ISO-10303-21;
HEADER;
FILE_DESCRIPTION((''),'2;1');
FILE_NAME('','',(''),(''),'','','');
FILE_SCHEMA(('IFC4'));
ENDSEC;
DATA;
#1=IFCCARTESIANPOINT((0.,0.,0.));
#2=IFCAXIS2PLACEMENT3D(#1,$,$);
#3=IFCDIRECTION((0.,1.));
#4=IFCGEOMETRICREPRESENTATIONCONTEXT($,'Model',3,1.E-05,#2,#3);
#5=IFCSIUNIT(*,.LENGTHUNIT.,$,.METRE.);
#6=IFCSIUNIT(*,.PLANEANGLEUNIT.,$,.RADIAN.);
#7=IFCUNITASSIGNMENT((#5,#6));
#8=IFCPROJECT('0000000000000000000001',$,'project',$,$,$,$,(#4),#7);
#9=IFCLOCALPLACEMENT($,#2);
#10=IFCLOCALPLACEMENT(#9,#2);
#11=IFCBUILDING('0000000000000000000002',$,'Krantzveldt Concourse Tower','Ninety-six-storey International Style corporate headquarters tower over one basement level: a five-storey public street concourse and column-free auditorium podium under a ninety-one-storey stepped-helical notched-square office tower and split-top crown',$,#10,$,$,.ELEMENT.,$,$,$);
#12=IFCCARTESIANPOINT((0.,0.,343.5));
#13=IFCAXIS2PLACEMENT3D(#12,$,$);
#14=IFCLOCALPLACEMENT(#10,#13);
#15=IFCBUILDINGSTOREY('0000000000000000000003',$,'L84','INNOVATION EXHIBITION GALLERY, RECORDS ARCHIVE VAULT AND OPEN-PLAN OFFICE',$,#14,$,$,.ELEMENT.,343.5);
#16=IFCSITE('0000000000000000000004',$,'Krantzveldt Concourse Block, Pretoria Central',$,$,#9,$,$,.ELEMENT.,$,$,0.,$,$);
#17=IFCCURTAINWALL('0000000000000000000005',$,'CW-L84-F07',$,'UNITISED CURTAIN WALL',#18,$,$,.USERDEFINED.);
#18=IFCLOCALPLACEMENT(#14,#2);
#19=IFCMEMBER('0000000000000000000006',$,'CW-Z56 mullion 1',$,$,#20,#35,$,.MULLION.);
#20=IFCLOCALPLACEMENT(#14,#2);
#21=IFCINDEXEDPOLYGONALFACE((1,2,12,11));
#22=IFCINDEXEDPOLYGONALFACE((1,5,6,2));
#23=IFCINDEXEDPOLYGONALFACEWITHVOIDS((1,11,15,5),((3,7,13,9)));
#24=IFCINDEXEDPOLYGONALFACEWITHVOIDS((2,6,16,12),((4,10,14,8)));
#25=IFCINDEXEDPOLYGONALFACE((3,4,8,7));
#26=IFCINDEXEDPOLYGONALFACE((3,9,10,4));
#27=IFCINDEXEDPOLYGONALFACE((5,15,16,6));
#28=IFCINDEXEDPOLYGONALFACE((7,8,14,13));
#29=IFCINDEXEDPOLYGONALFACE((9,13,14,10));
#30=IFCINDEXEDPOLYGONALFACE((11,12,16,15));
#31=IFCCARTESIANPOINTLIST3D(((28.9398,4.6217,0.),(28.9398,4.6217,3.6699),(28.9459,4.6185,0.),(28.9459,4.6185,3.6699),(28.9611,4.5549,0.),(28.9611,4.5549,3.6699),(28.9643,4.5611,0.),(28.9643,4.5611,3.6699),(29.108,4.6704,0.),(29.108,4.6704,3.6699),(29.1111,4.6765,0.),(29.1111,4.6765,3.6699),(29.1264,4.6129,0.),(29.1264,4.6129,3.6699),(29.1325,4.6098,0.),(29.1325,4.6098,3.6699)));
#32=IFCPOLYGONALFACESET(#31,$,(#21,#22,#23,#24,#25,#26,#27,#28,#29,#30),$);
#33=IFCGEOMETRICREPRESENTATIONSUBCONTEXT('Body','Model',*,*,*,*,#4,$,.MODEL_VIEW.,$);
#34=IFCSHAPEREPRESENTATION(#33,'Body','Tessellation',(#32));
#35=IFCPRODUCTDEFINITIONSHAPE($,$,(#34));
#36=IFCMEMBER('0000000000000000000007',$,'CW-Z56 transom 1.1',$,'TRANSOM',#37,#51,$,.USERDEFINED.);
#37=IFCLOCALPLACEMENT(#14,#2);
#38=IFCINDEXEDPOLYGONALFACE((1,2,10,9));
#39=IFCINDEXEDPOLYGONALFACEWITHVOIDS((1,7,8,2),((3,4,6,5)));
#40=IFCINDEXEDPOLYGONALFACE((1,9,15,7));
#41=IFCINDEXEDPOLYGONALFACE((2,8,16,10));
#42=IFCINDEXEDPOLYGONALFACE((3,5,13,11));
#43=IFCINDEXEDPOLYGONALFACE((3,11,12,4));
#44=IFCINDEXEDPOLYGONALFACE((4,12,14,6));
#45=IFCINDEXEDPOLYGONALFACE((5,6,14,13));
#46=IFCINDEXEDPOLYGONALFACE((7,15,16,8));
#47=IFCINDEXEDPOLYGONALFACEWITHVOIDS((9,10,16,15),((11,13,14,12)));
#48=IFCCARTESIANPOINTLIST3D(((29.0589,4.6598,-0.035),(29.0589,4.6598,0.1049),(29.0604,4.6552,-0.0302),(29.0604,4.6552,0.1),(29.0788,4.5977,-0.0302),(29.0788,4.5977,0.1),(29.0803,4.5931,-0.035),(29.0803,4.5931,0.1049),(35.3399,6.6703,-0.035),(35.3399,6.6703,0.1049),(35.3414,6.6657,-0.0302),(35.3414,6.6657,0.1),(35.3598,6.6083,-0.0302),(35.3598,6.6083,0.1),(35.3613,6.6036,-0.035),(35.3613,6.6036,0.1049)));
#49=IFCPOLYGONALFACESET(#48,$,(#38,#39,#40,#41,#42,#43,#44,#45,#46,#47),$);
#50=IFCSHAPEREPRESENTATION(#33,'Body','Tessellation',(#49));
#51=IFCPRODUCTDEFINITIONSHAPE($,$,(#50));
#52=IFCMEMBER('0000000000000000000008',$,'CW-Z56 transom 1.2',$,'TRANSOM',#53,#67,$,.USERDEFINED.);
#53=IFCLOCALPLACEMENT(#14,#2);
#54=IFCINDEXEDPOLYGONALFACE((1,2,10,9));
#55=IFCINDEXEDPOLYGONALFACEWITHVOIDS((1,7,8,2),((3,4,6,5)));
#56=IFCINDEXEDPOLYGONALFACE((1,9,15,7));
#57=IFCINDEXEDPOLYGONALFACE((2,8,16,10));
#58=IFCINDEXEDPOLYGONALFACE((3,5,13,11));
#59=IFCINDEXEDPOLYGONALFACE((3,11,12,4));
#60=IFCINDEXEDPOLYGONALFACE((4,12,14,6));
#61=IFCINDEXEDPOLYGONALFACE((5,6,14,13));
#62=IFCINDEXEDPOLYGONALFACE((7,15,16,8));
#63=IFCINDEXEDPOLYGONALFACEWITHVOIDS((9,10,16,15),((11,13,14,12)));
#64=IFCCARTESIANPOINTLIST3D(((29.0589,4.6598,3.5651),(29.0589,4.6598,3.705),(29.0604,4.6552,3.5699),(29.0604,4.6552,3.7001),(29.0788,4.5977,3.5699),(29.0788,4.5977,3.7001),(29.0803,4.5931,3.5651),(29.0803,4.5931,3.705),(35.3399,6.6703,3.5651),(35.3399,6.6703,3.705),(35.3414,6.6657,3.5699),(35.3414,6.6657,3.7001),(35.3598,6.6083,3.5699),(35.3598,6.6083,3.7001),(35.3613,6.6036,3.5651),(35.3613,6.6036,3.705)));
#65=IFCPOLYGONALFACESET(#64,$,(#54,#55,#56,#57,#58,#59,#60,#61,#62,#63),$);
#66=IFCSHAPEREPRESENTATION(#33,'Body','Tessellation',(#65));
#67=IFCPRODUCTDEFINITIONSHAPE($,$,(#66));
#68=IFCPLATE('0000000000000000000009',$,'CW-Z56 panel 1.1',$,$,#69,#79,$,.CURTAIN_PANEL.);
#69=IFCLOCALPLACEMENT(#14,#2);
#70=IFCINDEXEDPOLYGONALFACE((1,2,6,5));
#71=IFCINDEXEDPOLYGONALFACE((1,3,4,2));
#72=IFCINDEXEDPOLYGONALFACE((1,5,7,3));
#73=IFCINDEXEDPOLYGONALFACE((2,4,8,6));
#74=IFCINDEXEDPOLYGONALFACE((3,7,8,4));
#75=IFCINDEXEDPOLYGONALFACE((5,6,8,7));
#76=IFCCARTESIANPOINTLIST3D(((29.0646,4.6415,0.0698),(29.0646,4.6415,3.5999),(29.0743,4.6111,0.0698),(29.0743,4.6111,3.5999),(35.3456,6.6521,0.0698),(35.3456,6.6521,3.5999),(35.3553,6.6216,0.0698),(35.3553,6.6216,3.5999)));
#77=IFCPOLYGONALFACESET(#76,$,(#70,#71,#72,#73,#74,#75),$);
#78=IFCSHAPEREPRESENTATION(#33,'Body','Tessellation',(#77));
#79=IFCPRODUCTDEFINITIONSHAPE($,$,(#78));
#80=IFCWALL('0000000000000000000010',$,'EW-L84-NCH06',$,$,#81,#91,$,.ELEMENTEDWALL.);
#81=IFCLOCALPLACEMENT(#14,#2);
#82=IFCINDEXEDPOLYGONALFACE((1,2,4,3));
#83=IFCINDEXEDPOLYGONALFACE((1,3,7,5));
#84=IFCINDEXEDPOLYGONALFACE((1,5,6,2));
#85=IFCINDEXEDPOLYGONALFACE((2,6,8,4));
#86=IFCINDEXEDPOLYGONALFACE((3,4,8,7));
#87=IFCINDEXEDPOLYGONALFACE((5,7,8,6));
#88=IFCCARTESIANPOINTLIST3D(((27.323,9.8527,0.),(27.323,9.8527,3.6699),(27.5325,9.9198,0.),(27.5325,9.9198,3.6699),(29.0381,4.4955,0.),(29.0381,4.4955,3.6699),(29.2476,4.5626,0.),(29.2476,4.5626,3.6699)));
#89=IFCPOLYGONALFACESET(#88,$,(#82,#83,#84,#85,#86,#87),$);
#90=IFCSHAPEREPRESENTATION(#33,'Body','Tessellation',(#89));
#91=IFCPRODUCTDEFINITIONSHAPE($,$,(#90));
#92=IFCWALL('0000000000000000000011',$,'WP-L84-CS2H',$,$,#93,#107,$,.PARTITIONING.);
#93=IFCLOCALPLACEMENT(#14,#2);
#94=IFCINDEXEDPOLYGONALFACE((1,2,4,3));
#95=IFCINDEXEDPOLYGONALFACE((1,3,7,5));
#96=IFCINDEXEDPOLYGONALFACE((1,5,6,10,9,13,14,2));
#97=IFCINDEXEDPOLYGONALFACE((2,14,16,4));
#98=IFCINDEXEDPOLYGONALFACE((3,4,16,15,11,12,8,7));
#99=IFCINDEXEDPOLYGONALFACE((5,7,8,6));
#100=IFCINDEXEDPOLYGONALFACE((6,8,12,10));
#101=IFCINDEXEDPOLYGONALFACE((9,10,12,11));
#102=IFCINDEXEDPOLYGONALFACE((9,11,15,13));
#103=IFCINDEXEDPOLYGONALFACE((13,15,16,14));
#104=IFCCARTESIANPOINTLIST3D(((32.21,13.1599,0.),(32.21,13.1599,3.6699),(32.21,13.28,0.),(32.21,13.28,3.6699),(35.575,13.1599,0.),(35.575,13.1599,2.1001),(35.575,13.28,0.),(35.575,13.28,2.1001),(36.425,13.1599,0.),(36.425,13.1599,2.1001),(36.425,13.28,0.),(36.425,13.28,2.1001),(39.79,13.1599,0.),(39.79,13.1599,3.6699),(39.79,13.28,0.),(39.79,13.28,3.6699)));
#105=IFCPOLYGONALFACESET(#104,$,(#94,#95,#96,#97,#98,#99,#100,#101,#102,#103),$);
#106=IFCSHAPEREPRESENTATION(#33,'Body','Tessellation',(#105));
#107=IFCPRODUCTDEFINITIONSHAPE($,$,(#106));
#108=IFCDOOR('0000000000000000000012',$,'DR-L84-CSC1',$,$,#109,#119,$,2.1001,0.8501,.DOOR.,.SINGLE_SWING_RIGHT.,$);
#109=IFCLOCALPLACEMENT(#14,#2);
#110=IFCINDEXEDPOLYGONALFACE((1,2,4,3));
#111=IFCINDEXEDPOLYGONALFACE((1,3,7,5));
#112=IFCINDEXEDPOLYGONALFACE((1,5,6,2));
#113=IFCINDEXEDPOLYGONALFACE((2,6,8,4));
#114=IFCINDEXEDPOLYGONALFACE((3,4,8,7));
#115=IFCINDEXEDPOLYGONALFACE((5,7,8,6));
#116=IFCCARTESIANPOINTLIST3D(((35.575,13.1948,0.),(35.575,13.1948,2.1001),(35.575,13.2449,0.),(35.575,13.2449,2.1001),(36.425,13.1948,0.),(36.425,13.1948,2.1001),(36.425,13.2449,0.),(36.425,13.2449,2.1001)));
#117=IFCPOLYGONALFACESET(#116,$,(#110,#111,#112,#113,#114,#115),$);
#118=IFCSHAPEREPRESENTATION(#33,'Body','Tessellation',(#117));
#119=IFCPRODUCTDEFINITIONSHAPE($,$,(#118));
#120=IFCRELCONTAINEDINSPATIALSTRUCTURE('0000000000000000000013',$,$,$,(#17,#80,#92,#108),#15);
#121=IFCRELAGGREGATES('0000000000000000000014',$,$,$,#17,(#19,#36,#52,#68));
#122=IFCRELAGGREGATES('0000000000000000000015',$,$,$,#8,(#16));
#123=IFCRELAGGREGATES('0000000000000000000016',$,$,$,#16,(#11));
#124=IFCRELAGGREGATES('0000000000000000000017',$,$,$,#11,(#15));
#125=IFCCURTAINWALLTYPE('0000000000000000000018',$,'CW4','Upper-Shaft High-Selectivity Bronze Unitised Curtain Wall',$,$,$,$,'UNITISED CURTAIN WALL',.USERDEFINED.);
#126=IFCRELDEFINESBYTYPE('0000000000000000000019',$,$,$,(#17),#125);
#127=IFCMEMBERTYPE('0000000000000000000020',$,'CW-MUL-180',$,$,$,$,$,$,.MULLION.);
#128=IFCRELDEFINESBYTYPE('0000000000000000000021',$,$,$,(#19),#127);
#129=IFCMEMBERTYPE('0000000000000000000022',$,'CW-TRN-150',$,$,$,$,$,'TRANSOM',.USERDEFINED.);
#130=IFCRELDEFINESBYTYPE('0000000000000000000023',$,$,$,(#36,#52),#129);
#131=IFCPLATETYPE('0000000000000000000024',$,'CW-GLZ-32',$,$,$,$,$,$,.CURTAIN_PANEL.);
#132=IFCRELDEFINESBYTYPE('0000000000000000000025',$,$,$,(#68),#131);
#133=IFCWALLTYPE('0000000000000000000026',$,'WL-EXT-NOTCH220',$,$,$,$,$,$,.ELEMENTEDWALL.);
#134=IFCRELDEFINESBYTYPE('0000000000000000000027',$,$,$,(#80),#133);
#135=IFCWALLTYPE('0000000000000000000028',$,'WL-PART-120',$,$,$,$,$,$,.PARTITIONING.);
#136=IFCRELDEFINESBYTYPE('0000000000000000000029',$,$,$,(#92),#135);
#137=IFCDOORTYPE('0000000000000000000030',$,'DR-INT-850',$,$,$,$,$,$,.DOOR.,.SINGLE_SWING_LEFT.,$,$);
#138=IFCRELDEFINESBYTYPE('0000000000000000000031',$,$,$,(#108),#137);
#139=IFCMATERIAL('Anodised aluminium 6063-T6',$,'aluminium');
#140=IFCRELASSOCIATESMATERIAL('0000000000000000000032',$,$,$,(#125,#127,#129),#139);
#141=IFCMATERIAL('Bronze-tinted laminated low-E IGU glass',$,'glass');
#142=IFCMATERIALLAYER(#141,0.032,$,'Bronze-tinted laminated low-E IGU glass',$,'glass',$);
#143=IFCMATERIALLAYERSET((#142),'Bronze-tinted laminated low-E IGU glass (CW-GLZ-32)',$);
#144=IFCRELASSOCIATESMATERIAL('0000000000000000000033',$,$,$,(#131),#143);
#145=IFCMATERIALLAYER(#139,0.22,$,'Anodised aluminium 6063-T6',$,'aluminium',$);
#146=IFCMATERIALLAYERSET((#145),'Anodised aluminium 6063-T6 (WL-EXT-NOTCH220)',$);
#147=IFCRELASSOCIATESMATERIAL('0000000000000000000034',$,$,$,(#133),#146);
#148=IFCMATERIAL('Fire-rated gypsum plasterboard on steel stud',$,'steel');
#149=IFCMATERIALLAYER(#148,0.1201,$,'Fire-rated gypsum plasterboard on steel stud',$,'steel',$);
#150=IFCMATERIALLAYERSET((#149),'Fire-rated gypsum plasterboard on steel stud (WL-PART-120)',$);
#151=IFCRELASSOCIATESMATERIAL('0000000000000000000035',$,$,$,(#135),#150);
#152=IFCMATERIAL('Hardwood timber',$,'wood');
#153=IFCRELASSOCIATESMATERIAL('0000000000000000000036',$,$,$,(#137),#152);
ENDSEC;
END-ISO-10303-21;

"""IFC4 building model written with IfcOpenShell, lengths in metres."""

from ifc_helpers import new_model, si_unit, direction, frame, frame_2d, origin, origin_2d, place, context, subcontext, project, spatial, rectangle, hollow_rectangle, extrude, source, transform, mapped, material, layer, layer_set, material_profile, profile_set, type_object, type_shapes, element, fill, aggregate, save


model = new_model("IFC4")

# Units and contexts
model_context = context("Model", 3, precision=1e-05, world=origin(), true_north=direction((0.0, 1.0)))
body_context = subcontext(model_context, "Body", "Model", "MODEL_VIEW")
ifc_project = project(units=[si_unit("LENGTHUNIT", "METRE"), si_unit("PLANEANGLEUNIT", "RADIAN")], contexts=[model_context])

# Site, building, storey
site_placement = place(None, origin())
site = spatial("IfcSite", under=ifc_project, at=site_placement, Name="Krantzveldt Concourse Block, Pretoria Central", CompositionType="ELEMENT", RefElevation=0.0)
building_placement = place(site_placement, origin())
building = spatial("IfcBuilding", under=site, at=building_placement, Name="Krantzveldt Concourse Tower", Description="Ninety-six-storey International Style corporate headquarters tower over one basement level: a five-storey public street concourse and column-free auditorium podium under a ninety-one-storey stepped-helical notched-square office tower and split-top crown", CompositionType="ELEMENT")
storey_placement = place(building_placement, frame((0.0, 0.0, 343.5)))
storey = spatial("IfcBuildingStorey", under=building, at=storey_placement, Name="L84", Description="INNOVATION EXHIBITION GALLERY, RECORDS ARCHIVE VAULT AND OPEN-PLAN OFFICE", CompositionType="ELEMENT", Elevation=343.5)

# Curtain wall, members, plate
ifc_material_1 = material(Name="Anodised aluminium 6063-T6", Category="aluminium")
curtain_wall_type = type_object("IfcCurtainWallType", Name="CW4", Description="Upper-Shaft High-Selectivity Bronze Unitised Curtain Wall", ElementType="UNITISED CURTAIN WALL", PredefinedType="USERDEFINED", material=ifc_material_1)
curtain_wall_placement = place(storey_placement, origin())
curtain_wall = element("IfcCurtainWall", 1, at=curtain_wall_placement, inside=storey, type_object=curtain_wall_type, Name="CW-L84-F07", ObjectType="UNITISED CURTAIN WALL", PredefinedType="USERDEFINED")
ifc_material_profile_1 = material_profile(ifc_material_1, hollow_rectangle(XDim=0.0701, YDim=0.1799, WallThickness=0.0049, at=origin_2d()), Name="Anodised aluminium 6063-T6", Category="aluminium")
ifc_profile_set_1 = profile_set([ifc_material_profile_1], Name="Anodised aluminium 6063-T6 - ALU-MULL 180x70x5")
member_type_1 = type_object("IfcMemberType", Name="CW-MUL-180", PredefinedType="MULLION", material=ifc_profile_set_1)
shared_shape_1 = source(origin(), body_context, "Body", "SweptSolid", [
    extrude(hollow_rectangle(XDim=0.0701, YDim=0.1799, WallThickness=0.0049, at=origin_2d()), origin(), (0.0, 0.0, 1.0), 3.6699),
])
type_shapes(member_type_1, [shared_shape_1])
member_1_placement = place(storey_placement, frame((29.0361, 4.6157, 0.0), z_axis=(0.0, 0.0, 1.0), x_axis=(-0.304864, 0.952396, 0.0)))
member_1 = element("IfcMember", 2, at=member_1_placement, type_object=member_type_1, Name="CW-Z56 mullion 1", PredefinedType="MULLION", context=body_context, shape_type="MappedRepresentation", body=[
    mapped(shared_shape_1, transform((0.0, 0.0, 0.0), x_axis=(1.0, 0.0, 0.0), y_axis=(0.0, 1.0, 0.0), z_axis=(0.0, 0.0, 1.0), scale=1.0)),
])
ifc_material_profile_2 = material_profile(ifc_material_1, hollow_rectangle(XDim=0.0701, YDim=0.1399, WallThickness=0.0049, at=origin_2d()), Name="Anodised aluminium 6063-T6", Category="aluminium")
ifc_profile_set_2 = profile_set([ifc_material_profile_2], Name="Anodised aluminium 6063-T6 - ALU-TRAN 140x70x5")
member_type_2 = type_object("IfcMemberType", Name="CW-TRN-150", ElementType="TRANSOM", PredefinedType="USERDEFINED", material=ifc_profile_set_2)
shared_shape_2 = source(origin(), body_context, "Body", "SweptSolid", [
    extrude(hollow_rectangle(XDim=0.0701, YDim=0.1399, WallThickness=0.0049, at=origin_2d()), origin(), (0.0, 0.0, 1.0), 6.595),
])
type_shapes(member_type_2, [shared_shape_2])
member_2_placement = place(storey_placement, frame((29.0696, 4.6265, 0.0349), z_axis=(0.952399, 0.304855, 0.0), x_axis=(-0.304855, 0.952399, 0.0)))
member_2 = element("IfcMember", 3, at=member_2_placement, type_object=member_type_2, Name="CW-Z56 transom 1.1", ObjectType="TRANSOM", PredefinedType="USERDEFINED", context=body_context, shape_type="MappedRepresentation", body=[
    mapped(shared_shape_2, transform((0.0, 0.0, 0.0), x_axis=(1.0, 0.0, 0.0), y_axis=(0.0, 1.0, 0.0), z_axis=(0.0, 0.0, 1.0), scale=1.0)),
])
member_3_placement = place(storey_placement, frame((29.0696, 4.6265, 3.635), z_axis=(0.952399, 0.304855, 0.0), x_axis=(-0.304855, 0.952399, 0.0)))
member_3 = element("IfcMember", 4, at=member_3_placement, type_object=member_type_2, Name="CW-Z56 transom 1.2", ObjectType="TRANSOM", PredefinedType="USERDEFINED", context=body_context, shape_type="MappedRepresentation", body=[
    mapped(shared_shape_2, transform((0.0, 0.0, 0.0), x_axis=(1.0, 0.0, 0.0), y_axis=(0.0, 1.0, 0.0), z_axis=(0.0, 0.0, 1.0), scale=1.0)),
])
ifc_material_2 = material(Name="Bronze-tinted laminated low-E IGU glass", Category="glass")
ifc_layer_1 = layer(ifc_material_2, 0.032, Name="Bronze-tinted laminated low-E IGU glass", Category="glass")
ifc_layer_set_1 = layer_set([ifc_layer_1], Name="Bronze-tinted laminated low-E IGU glass (CW-GLZ-32)")
plate_type = type_object("IfcPlateType", Name="CW-GLZ-32", PredefinedType="CURTAIN_PANEL", material=ifc_layer_set_1)
shared_shape_3 = source(origin(), body_context, "Body", "SweptSolid", [
    extrude(rectangle(XDim=6.595, YDim=0.032, at=origin_2d()), origin(), (0.0, 0.0, 1.0), 3.53),
])
type_shapes(plate_type, [shared_shape_3])
plate_placement = place(storey_placement, frame((32.21, 5.6316, 0.0698), z_axis=(0.0, 0.0, 1.0), x_axis=(0.952396, 0.304864, 0.0)))
plate = element("IfcPlate", 5, at=plate_placement, type_object=plate_type, Name="CW-Z56 panel 1.1", PredefinedType="CURTAIN_PANEL", context=body_context, shape_type="MappedRepresentation", body=[
    mapped(shared_shape_3, transform((0.0, 0.0, 0.0), x_axis=(1.0, 0.0, 0.0), y_axis=(0.0, 1.0, 0.0), z_axis=(0.0, 0.0, 1.0), scale=1.0)),
])
aggregate(curtain_wall, [member_1, member_2, member_3, plate])

# Wall
ifc_layer_2 = layer(ifc_material_1, 0.22, Name="Anodised aluminium 6063-T6", Category="aluminium")
ifc_layer_set_2 = layer_set([ifc_layer_2], Name="Anodised aluminium 6063-T6 (WL-EXT-NOTCH220)")
wall_type_1 = type_object("IfcWallType", Name="WL-EXT-NOTCH220", PredefinedType="ELEMENTEDWALL", material=ifc_layer_set_2)
wall_1_placement = place(storey_placement, frame((27.4277, 9.8862, 0.0), z_axis=(0.0, 0.0, 1.0), x_axis=(0.304903, -0.952383, 0.0)))
element("IfcWall", 6, at=wall_1_placement, inside=storey, type_object=wall_type_1, Name="EW-L84-NCH06", PredefinedType="ELEMENTEDWALL", context=body_context, shape_type="SweptSolid", body=[
    extrude(rectangle(XDim=5.625, YDim=0.22, at=frame_2d((2.8125, 0.0))), origin(), (0.0, 0.0, 1.0), 3.6699),
])

# Wall, opening, door
ifc_material_3 = material(Name="Fire-rated gypsum plasterboard on steel stud", Category="steel")
ifc_layer_3 = layer(ifc_material_3, 0.1201, Name="Fire-rated gypsum plasterboard on steel stud", Category="steel")
ifc_layer_set_3 = layer_set([ifc_layer_3], Name="Fire-rated gypsum plasterboard on steel stud (WL-PART-120)")
wall_type_2 = type_object("IfcWallType", Name="WL-PART-120", PredefinedType="PARTITIONING", material=ifc_layer_set_3)
wall_2_placement = place(storey_placement, frame((32.21, 13.22, 0.0), z_axis=(0.0, 0.0, 1.0), x_axis=(1.0, 0.0, 0.0)))
wall_2 = element("IfcWall", 7, at=wall_2_placement, inside=storey, type_object=wall_type_2, Name="WP-L84-CS2H", PredefinedType="PARTITIONING", context=body_context, shape_type="SweptSolid", body=[
    extrude(rectangle(XDim=7.5801, YDim=0.1201, at=frame_2d((3.79, 0.0))), origin(), (0.0, 0.0, 1.0), 3.6699),
])
opening_1_placement = place(wall_2_placement, frame((3.365, 0.0, 0.0)))
opening_1 = element("IfcOpeningElement", 8, at=opening_1_placement, cuts=wall_2, PredefinedType="OPENING", context=body_context, shape_type="SweptSolid", body=[
    extrude(rectangle(XDim=0.8501, YDim=2.1001, at=frame_2d((0.425, 1.05))), frame((0.0, 0.0701, 0.0), z_axis=(0.0, -1.0, 0.0), x_axis=(1.0, 0.0, 0.0)), (0.0, 0.0, 1.0), 0.1401),
])
ifc_material_4 = material(Name="Hardwood timber", Category="wood")
door_type_1 = type_object("IfcDoorType", Name="DR-INT-850", OperationType="SINGLE_SWING_LEFT", PredefinedType="DOOR", material=ifc_material_4)
door_1_placement = place(opening_1_placement, origin())
door_1 = element("IfcDoor", 9, at=door_1_placement, inside=storey, type_object=door_type_1, Name="DR-L84-CSC1", OperationType="SINGLE_SWING_RIGHT", OverallHeight=2.1001, OverallWidth=0.8501, PredefinedType="DOOR", context=body_context, shape_type="SweptSolid", body=[
    extrude(rectangle(XDim=0.8501, YDim=2.1001, at=frame_2d((0.425, 1.05))), frame((0.0, 0.0249, 0.0), z_axis=(0.0, -1.0, 0.0), x_axis=(1.0, 0.0, 0.0)), (0.0, 0.0, 1.0), 0.05),
])
fill(opening_1, door_1)

save(model, "model.ifc")
